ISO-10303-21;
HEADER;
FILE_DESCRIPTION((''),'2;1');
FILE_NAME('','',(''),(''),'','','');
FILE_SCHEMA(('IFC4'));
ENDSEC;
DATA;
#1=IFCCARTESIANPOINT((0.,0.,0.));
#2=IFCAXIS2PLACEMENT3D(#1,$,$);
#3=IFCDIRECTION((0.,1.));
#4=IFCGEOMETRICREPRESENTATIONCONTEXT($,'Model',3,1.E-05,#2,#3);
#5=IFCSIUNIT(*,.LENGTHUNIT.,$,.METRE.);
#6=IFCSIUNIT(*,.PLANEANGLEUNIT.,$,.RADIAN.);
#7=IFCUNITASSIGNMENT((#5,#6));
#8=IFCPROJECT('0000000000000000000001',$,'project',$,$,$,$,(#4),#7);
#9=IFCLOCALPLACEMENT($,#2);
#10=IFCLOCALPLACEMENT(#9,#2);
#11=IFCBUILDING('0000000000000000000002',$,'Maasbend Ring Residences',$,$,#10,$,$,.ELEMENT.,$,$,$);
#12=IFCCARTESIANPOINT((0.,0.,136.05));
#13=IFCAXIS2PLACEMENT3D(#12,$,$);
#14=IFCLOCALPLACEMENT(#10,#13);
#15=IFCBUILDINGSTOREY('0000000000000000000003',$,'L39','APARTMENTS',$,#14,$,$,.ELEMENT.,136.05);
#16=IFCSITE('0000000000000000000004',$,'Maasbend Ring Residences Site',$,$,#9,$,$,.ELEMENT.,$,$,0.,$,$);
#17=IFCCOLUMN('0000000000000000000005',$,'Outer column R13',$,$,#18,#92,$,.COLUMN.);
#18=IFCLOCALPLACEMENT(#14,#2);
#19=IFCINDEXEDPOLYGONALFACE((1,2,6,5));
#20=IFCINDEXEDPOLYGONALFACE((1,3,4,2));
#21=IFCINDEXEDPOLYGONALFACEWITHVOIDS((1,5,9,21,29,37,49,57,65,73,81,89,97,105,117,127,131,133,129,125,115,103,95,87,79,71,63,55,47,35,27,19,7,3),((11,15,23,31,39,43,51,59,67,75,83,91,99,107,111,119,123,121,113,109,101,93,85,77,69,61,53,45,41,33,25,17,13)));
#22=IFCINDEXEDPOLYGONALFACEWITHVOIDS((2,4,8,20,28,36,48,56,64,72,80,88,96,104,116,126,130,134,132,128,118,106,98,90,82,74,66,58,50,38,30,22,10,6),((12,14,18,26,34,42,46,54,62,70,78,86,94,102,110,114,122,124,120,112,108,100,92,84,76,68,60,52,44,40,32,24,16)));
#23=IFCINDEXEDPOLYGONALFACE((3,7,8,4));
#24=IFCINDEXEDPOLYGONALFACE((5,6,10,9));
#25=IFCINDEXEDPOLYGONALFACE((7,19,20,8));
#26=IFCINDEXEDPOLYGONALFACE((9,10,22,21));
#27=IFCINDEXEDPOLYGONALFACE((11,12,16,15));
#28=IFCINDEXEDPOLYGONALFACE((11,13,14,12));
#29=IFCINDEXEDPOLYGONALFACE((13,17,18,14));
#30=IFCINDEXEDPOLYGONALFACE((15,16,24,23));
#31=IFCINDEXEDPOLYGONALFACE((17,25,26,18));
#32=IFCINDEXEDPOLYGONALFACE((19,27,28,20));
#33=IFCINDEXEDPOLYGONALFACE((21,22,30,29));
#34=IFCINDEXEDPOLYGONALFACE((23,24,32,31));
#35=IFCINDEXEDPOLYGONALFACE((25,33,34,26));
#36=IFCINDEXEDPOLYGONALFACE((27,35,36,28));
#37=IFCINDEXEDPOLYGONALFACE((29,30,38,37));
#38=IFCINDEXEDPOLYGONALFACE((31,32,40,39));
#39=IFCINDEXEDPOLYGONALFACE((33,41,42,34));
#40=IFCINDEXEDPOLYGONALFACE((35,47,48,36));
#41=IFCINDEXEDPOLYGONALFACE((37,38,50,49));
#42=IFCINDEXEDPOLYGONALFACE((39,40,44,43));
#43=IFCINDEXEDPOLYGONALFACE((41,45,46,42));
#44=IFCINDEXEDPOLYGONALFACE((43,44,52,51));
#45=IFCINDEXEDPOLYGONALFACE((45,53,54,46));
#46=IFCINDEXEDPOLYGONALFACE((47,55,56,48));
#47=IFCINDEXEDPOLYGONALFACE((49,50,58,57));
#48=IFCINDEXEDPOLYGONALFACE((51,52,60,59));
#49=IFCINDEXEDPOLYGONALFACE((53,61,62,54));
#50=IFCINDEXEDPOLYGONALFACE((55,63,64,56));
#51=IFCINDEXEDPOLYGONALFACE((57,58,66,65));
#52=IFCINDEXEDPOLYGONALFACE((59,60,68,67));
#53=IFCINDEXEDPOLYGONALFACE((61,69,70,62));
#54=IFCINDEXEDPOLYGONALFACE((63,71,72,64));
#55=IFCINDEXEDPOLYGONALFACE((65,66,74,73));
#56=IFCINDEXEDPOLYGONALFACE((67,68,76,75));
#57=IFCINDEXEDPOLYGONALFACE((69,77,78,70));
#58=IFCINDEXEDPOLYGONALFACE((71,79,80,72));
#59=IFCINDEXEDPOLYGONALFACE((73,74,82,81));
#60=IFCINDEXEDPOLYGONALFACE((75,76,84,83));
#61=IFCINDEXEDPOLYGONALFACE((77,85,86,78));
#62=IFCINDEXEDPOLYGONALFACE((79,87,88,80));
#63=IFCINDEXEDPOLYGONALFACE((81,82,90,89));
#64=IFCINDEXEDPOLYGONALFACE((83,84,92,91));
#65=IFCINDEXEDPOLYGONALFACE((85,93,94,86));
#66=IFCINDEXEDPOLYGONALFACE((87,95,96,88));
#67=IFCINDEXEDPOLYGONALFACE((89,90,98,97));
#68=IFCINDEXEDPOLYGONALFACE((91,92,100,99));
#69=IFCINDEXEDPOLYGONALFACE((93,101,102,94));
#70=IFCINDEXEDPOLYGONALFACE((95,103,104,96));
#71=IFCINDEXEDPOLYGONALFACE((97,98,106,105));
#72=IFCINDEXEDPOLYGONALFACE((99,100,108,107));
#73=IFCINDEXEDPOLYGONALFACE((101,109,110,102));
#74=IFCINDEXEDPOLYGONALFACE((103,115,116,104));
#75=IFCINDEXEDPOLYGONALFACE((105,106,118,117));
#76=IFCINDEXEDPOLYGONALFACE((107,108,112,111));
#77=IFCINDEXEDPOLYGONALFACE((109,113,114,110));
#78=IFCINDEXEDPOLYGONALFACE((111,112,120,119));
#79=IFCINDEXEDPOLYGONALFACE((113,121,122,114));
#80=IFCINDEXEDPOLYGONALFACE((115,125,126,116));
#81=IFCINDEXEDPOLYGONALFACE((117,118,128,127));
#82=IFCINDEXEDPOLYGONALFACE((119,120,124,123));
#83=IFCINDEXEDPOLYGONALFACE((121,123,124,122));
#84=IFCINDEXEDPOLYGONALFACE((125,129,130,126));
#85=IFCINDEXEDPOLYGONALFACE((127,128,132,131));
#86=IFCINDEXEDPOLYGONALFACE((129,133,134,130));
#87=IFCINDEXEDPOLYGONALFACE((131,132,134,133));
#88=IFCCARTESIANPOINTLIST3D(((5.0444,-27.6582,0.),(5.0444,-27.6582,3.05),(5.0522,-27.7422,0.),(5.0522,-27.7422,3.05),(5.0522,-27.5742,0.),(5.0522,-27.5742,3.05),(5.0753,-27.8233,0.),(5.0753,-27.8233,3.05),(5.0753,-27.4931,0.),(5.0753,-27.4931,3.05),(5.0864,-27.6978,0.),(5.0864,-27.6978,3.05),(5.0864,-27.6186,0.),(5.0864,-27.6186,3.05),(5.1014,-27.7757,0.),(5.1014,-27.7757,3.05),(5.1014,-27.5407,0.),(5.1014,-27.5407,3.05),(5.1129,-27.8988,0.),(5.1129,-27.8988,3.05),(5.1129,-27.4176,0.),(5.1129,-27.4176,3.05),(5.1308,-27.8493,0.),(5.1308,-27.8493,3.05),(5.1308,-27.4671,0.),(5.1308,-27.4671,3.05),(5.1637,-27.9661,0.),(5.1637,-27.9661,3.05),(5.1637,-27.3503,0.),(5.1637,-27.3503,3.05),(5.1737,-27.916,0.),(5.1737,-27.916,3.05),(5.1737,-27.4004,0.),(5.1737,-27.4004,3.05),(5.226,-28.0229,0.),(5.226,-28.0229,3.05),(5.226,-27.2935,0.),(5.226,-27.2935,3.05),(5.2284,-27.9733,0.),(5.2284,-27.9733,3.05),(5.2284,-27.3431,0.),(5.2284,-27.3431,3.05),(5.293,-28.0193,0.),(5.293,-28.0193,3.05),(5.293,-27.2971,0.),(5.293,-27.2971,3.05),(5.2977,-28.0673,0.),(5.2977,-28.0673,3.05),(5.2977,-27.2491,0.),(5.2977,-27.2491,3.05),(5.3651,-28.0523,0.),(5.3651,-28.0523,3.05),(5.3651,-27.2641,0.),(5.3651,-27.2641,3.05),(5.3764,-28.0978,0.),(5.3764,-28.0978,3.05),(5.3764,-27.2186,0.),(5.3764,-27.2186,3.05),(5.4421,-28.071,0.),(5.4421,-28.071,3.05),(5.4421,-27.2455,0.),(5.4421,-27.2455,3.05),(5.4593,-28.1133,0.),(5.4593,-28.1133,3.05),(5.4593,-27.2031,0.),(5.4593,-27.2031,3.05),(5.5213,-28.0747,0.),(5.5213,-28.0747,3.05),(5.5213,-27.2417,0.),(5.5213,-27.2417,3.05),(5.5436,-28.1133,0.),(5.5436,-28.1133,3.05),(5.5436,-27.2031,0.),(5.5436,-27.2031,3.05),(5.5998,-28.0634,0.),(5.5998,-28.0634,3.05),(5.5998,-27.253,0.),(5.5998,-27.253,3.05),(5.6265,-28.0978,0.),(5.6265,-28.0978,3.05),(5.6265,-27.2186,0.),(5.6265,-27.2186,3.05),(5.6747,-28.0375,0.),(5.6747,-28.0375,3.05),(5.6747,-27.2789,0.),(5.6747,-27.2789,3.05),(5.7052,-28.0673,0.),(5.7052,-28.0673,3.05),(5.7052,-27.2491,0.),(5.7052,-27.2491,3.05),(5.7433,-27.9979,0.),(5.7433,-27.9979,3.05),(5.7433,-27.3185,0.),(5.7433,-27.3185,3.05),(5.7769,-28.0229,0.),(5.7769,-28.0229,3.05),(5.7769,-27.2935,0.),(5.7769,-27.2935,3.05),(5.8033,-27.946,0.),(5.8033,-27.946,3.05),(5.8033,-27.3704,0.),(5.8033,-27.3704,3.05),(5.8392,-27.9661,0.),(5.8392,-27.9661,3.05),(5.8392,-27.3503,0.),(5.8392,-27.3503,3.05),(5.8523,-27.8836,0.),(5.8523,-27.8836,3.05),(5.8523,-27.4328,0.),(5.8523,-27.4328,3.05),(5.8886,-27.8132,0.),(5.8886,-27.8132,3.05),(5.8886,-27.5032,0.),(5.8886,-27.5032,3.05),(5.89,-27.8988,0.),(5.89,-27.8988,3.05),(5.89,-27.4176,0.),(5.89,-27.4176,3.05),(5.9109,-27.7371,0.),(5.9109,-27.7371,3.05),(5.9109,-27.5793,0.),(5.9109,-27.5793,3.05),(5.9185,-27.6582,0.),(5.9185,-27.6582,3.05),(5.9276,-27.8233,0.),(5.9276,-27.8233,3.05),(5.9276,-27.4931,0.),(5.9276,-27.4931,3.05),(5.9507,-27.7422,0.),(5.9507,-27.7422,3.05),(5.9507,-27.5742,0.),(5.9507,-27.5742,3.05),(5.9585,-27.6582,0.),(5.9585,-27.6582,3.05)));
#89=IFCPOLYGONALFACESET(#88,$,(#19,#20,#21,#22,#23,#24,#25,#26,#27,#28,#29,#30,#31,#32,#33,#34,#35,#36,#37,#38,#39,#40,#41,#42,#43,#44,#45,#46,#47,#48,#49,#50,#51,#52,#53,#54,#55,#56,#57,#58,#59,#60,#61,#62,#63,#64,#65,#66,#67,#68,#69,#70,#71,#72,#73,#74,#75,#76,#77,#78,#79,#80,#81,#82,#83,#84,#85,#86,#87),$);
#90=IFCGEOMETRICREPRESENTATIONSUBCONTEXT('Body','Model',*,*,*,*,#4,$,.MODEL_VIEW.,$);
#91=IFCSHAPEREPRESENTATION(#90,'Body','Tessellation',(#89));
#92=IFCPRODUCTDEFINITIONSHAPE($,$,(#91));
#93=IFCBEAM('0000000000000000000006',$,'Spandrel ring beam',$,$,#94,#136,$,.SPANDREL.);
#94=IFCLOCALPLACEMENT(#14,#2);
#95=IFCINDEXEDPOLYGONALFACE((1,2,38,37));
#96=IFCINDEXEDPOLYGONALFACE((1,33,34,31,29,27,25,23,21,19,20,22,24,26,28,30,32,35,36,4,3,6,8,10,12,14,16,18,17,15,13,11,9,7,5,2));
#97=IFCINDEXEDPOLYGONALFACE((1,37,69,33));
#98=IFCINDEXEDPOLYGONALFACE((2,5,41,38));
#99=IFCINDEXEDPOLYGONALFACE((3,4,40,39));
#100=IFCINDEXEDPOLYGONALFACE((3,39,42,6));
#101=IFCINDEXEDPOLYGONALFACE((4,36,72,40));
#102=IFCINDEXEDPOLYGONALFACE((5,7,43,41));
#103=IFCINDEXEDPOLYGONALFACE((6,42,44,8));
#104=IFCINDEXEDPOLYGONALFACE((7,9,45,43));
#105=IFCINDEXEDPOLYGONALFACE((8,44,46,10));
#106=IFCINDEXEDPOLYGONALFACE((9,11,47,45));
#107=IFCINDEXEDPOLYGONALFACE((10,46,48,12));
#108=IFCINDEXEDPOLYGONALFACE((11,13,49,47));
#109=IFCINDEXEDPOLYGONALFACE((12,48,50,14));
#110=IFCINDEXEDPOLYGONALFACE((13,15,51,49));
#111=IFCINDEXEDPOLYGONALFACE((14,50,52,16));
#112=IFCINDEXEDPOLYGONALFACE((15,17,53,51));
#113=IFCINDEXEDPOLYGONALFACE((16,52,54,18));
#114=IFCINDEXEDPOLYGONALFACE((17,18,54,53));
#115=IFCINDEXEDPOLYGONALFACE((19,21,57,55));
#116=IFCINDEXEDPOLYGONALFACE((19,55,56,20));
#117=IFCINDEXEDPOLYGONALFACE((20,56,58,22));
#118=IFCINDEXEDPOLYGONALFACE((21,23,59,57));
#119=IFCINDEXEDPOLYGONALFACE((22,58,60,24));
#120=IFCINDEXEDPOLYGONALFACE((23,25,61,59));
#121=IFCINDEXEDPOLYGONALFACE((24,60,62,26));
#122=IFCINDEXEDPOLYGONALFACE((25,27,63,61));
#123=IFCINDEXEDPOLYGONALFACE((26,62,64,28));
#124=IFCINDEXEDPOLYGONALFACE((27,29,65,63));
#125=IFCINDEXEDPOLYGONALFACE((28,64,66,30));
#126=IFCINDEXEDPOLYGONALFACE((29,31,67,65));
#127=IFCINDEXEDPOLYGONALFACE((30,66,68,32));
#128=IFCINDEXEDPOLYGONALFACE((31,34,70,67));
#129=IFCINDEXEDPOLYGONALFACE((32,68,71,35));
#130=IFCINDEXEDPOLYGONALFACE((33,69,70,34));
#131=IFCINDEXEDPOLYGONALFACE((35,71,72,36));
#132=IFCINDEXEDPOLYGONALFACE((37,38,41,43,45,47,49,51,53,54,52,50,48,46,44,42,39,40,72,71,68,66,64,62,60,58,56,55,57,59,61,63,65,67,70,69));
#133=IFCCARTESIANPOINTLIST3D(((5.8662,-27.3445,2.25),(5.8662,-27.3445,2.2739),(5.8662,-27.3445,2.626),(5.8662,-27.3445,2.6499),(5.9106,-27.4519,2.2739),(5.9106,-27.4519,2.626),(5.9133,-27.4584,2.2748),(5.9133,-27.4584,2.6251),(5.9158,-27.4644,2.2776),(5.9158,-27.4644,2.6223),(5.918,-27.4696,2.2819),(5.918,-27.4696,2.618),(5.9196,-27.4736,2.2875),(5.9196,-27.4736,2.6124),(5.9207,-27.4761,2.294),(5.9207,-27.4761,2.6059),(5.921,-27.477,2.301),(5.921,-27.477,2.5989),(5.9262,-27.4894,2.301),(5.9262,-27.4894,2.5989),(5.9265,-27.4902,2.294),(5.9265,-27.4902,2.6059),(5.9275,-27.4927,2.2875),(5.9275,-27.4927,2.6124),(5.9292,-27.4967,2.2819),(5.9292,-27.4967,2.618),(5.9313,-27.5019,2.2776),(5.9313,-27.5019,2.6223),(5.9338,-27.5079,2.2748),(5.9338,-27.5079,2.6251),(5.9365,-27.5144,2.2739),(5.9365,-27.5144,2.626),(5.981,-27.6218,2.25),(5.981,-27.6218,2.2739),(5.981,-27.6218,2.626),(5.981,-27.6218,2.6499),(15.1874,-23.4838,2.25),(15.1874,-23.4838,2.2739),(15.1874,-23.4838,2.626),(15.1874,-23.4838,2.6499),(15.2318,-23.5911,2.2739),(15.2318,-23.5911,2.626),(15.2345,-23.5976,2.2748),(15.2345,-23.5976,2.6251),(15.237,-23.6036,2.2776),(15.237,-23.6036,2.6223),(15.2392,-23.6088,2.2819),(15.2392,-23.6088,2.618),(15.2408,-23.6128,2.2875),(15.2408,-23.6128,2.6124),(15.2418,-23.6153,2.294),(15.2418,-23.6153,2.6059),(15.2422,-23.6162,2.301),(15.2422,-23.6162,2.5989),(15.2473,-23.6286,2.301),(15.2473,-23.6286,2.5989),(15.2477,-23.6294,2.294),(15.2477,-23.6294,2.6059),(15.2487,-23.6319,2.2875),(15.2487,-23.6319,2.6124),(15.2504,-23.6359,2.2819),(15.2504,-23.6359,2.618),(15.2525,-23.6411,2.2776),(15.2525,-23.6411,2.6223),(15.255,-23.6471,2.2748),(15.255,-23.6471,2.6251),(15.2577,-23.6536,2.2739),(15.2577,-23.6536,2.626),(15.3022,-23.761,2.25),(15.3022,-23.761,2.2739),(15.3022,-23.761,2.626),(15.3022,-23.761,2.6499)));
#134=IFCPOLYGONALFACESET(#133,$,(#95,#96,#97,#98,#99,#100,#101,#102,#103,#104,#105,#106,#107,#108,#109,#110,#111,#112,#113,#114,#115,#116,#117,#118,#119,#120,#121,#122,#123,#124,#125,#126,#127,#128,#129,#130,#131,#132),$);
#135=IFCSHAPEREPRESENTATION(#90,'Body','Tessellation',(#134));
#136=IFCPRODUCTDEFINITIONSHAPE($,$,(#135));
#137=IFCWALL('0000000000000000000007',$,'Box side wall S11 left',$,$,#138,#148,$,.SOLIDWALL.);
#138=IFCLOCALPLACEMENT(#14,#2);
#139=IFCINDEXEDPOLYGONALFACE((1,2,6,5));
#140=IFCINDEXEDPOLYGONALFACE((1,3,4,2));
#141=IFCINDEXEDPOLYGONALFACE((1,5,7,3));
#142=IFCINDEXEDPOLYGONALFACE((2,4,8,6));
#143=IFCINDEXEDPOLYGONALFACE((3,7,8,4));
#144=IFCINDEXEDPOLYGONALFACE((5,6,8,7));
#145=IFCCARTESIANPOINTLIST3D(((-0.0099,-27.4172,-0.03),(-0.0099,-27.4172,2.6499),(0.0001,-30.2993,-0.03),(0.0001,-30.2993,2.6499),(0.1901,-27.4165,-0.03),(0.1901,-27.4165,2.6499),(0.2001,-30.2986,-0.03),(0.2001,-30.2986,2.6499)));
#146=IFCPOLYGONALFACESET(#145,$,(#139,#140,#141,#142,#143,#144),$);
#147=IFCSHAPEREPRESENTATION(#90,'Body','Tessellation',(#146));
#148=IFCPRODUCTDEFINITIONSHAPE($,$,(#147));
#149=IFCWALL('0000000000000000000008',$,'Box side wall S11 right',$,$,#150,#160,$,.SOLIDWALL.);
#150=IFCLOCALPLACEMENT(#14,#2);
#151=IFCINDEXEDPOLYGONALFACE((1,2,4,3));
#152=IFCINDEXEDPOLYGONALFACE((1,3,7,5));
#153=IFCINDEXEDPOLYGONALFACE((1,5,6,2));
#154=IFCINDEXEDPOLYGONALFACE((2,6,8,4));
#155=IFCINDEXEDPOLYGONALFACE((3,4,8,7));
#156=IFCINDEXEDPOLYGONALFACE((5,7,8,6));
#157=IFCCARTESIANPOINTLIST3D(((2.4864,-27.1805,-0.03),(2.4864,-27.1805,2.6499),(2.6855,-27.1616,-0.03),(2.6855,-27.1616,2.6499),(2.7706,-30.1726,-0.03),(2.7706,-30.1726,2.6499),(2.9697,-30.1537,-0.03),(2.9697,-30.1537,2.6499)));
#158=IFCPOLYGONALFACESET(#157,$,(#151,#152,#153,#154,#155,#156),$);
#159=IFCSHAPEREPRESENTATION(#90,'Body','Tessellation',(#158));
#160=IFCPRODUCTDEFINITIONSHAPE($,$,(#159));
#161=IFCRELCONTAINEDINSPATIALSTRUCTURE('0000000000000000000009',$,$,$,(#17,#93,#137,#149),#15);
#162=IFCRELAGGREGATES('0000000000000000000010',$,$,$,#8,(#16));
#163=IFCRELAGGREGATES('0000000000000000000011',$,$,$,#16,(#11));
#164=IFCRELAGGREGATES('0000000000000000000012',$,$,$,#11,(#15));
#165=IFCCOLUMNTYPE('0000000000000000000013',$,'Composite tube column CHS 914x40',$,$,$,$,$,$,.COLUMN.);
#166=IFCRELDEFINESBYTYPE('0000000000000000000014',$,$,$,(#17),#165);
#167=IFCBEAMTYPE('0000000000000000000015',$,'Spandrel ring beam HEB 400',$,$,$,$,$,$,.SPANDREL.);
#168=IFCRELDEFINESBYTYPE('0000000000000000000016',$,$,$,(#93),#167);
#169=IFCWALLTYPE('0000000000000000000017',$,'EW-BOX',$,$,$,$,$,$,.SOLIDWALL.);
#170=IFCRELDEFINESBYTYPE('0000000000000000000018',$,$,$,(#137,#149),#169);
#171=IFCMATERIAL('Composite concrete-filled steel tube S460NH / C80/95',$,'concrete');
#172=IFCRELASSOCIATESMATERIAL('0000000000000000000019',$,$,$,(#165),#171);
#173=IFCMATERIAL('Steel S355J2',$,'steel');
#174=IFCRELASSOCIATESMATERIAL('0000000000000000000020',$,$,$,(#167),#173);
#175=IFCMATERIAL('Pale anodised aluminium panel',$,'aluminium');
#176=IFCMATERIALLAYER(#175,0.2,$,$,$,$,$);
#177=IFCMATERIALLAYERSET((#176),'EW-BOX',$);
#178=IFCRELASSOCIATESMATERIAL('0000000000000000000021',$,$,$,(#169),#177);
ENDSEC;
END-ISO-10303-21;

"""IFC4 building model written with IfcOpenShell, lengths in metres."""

from ifc_helpers import new_model, si_unit, direction, frame, frame_2d, origin, origin_2d, place, context, subcontext, project, spatial, rectangle, hollow_circle, i_section, extrude, material, layer, layer_set, material_profile, profile_set, type_object, element, save


model = new_model("IFC4")

# Units and contexts
model_context = context("Model", 3, precision=1e-05, world=origin(), true_north=direction((0.0, 1.0)))
body_context = subcontext(model_context, "Body", "Model", "MODEL_VIEW")
ifc_project = project(units=[si_unit("LENGTHUNIT", "METRE"), si_unit("PLANEANGLEUNIT", "RADIAN")], contexts=[model_context])

# Site, building, storey
site_placement = place(None, origin())
site = spatial("IfcSite", under=ifc_project, at=site_placement, Name="Maasbend Ring Residences Site", CompositionType="ELEMENT", RefElevation=0.0)
building_placement = place(site_placement, origin())
building = spatial("IfcBuilding", under=site, at=building_placement, Name="Maasbend Ring Residences", CompositionType="ELEMENT")
storey_placement = place(building_placement, frame((0.0, 0.0, 136.05)))
storey = spatial("IfcBuildingStorey", under=building, at=storey_placement, Name="L39", Description="APARTMENTS", CompositionType="ELEMENT", Elevation=136.05)

# Column
ifc_material_1 = material(Name="Composite concrete-filled steel tube S460NH / C80/95", Category="concrete")
ifc_material_profile_1 = material_profile(ifc_material_1, hollow_circle(Radius=0.457, WallThickness=0.04, at=origin_2d()), Name="Composite tube column CHS 914x40")
ifc_profile_set_1 = profile_set([ifc_material_profile_1], Name="Composite concrete-filled steel tube S460NH / C80/95")
column_type = type_object("IfcColumnType", Name="Composite tube column CHS 914x40", PredefinedType="COLUMN", material=ifc_profile_set_1)
column_placement = place(storey_placement, frame((5.5015, -27.6582, 0.0), z_axis=(0.0, 0.0, 1.0), x_axis=(1.0, 0.0, 0.0)))
element("IfcColumn", 1, at=column_placement, inside=storey, type_object=column_type, Name="Outer column R13", PredefinedType="COLUMN", context=body_context, shape_type="SweptSolid", body=[
    extrude(hollow_circle(Radius=0.457, WallThickness=0.04, at=origin_2d()), origin(), (0.0, 0.0, 1.0), 3.05),
])

# Beam
ifc_material_2 = material(Name="Steel S355J2", Category="steel")
ifc_material_profile_2 = material_profile(ifc_material_2, i_section(OverallWidth=0.3, OverallDepth=0.3999, WebThickness=0.0134, FlangeThickness=0.0239, FilletRadius=0.0271, at=origin_2d()), Name="HEB 400")
ifc_profile_set_2 = profile_set([ifc_material_profile_2], Name="Steel S355J2")
beam_type = type_object("IfcBeamType", Name="Spandrel ring beam HEB 400", PredefinedType="SPANDREL", material=ifc_profile_set_2)
beam_placement = place(storey_placement, frame((5.9236, -27.4832, 2.45), z_axis=(0.923885, 0.38267, 0.0), x_axis=(-0.38267, 0.923885, 0.0)))
element("IfcBeam", 2, at=beam_placement, inside=storey, type_object=beam_type, Name="Spandrel ring beam", PredefinedType="SPANDREL", context=body_context, shape_type="SweptSolid", body=[
    extrude(i_section(OverallWidth=0.3, OverallDepth=0.3999, WebThickness=0.0134, FlangeThickness=0.0239, FilletRadius=0.0271, at=origin_2d()), origin(), (0.0, 0.0, 1.0), 10.0891),
])

# Walls
ifc_material_3 = material(Name="Pale anodised aluminium panel", Category="aluminium")
ifc_layer_1 = layer(ifc_material_3, 0.2)
ifc_layer_set_1 = layer_set([ifc_layer_1], Name="EW-BOX")
wall_type_1 = type_object("IfcWallType", Name="EW-BOX", PredefinedType="SOLIDWALL", material=ifc_layer_set_1)
wall_1_placement = place(storey_placement, frame((0.0901, -27.417, -0.03), z_axis=(0.0, 0.0, 1.0), x_axis=(0.003473, -0.999994, 0.0)))
element("IfcWall", 3, at=wall_1_placement, inside=storey, type_object=wall_type_1, Name="Box side wall S11 left", PredefinedType="SOLIDWALL", context=body_context, shape_type="SweptSolid", body=[
    extrude(rectangle(XDim=2.8821, YDim=0.2, at=frame_2d((1.4409, 0.0))), origin(), (0.0, 0.0, 1.0), 2.6799),
])
wall_2_placement = place(storey_placement, frame((2.5859, -27.1709, -0.03), z_axis=(0.0, 0.0, 1.0), x_axis=(0.094548, -0.99552, 0.0)))
element("IfcWall", 4, at=wall_2_placement, inside=storey, type_object=wall_type_1, Name="Box side wall S11 right", PredefinedType="SOLIDWALL", context=body_context, shape_type="SweptSolid", body=[
    extrude(rectangle(XDim=3.0056, YDim=0.2, at=frame_2d((1.5029, 0.0))), origin(), (0.0, 0.0, 1.0), 2.6799),
])

save(model, "model.ifc")
